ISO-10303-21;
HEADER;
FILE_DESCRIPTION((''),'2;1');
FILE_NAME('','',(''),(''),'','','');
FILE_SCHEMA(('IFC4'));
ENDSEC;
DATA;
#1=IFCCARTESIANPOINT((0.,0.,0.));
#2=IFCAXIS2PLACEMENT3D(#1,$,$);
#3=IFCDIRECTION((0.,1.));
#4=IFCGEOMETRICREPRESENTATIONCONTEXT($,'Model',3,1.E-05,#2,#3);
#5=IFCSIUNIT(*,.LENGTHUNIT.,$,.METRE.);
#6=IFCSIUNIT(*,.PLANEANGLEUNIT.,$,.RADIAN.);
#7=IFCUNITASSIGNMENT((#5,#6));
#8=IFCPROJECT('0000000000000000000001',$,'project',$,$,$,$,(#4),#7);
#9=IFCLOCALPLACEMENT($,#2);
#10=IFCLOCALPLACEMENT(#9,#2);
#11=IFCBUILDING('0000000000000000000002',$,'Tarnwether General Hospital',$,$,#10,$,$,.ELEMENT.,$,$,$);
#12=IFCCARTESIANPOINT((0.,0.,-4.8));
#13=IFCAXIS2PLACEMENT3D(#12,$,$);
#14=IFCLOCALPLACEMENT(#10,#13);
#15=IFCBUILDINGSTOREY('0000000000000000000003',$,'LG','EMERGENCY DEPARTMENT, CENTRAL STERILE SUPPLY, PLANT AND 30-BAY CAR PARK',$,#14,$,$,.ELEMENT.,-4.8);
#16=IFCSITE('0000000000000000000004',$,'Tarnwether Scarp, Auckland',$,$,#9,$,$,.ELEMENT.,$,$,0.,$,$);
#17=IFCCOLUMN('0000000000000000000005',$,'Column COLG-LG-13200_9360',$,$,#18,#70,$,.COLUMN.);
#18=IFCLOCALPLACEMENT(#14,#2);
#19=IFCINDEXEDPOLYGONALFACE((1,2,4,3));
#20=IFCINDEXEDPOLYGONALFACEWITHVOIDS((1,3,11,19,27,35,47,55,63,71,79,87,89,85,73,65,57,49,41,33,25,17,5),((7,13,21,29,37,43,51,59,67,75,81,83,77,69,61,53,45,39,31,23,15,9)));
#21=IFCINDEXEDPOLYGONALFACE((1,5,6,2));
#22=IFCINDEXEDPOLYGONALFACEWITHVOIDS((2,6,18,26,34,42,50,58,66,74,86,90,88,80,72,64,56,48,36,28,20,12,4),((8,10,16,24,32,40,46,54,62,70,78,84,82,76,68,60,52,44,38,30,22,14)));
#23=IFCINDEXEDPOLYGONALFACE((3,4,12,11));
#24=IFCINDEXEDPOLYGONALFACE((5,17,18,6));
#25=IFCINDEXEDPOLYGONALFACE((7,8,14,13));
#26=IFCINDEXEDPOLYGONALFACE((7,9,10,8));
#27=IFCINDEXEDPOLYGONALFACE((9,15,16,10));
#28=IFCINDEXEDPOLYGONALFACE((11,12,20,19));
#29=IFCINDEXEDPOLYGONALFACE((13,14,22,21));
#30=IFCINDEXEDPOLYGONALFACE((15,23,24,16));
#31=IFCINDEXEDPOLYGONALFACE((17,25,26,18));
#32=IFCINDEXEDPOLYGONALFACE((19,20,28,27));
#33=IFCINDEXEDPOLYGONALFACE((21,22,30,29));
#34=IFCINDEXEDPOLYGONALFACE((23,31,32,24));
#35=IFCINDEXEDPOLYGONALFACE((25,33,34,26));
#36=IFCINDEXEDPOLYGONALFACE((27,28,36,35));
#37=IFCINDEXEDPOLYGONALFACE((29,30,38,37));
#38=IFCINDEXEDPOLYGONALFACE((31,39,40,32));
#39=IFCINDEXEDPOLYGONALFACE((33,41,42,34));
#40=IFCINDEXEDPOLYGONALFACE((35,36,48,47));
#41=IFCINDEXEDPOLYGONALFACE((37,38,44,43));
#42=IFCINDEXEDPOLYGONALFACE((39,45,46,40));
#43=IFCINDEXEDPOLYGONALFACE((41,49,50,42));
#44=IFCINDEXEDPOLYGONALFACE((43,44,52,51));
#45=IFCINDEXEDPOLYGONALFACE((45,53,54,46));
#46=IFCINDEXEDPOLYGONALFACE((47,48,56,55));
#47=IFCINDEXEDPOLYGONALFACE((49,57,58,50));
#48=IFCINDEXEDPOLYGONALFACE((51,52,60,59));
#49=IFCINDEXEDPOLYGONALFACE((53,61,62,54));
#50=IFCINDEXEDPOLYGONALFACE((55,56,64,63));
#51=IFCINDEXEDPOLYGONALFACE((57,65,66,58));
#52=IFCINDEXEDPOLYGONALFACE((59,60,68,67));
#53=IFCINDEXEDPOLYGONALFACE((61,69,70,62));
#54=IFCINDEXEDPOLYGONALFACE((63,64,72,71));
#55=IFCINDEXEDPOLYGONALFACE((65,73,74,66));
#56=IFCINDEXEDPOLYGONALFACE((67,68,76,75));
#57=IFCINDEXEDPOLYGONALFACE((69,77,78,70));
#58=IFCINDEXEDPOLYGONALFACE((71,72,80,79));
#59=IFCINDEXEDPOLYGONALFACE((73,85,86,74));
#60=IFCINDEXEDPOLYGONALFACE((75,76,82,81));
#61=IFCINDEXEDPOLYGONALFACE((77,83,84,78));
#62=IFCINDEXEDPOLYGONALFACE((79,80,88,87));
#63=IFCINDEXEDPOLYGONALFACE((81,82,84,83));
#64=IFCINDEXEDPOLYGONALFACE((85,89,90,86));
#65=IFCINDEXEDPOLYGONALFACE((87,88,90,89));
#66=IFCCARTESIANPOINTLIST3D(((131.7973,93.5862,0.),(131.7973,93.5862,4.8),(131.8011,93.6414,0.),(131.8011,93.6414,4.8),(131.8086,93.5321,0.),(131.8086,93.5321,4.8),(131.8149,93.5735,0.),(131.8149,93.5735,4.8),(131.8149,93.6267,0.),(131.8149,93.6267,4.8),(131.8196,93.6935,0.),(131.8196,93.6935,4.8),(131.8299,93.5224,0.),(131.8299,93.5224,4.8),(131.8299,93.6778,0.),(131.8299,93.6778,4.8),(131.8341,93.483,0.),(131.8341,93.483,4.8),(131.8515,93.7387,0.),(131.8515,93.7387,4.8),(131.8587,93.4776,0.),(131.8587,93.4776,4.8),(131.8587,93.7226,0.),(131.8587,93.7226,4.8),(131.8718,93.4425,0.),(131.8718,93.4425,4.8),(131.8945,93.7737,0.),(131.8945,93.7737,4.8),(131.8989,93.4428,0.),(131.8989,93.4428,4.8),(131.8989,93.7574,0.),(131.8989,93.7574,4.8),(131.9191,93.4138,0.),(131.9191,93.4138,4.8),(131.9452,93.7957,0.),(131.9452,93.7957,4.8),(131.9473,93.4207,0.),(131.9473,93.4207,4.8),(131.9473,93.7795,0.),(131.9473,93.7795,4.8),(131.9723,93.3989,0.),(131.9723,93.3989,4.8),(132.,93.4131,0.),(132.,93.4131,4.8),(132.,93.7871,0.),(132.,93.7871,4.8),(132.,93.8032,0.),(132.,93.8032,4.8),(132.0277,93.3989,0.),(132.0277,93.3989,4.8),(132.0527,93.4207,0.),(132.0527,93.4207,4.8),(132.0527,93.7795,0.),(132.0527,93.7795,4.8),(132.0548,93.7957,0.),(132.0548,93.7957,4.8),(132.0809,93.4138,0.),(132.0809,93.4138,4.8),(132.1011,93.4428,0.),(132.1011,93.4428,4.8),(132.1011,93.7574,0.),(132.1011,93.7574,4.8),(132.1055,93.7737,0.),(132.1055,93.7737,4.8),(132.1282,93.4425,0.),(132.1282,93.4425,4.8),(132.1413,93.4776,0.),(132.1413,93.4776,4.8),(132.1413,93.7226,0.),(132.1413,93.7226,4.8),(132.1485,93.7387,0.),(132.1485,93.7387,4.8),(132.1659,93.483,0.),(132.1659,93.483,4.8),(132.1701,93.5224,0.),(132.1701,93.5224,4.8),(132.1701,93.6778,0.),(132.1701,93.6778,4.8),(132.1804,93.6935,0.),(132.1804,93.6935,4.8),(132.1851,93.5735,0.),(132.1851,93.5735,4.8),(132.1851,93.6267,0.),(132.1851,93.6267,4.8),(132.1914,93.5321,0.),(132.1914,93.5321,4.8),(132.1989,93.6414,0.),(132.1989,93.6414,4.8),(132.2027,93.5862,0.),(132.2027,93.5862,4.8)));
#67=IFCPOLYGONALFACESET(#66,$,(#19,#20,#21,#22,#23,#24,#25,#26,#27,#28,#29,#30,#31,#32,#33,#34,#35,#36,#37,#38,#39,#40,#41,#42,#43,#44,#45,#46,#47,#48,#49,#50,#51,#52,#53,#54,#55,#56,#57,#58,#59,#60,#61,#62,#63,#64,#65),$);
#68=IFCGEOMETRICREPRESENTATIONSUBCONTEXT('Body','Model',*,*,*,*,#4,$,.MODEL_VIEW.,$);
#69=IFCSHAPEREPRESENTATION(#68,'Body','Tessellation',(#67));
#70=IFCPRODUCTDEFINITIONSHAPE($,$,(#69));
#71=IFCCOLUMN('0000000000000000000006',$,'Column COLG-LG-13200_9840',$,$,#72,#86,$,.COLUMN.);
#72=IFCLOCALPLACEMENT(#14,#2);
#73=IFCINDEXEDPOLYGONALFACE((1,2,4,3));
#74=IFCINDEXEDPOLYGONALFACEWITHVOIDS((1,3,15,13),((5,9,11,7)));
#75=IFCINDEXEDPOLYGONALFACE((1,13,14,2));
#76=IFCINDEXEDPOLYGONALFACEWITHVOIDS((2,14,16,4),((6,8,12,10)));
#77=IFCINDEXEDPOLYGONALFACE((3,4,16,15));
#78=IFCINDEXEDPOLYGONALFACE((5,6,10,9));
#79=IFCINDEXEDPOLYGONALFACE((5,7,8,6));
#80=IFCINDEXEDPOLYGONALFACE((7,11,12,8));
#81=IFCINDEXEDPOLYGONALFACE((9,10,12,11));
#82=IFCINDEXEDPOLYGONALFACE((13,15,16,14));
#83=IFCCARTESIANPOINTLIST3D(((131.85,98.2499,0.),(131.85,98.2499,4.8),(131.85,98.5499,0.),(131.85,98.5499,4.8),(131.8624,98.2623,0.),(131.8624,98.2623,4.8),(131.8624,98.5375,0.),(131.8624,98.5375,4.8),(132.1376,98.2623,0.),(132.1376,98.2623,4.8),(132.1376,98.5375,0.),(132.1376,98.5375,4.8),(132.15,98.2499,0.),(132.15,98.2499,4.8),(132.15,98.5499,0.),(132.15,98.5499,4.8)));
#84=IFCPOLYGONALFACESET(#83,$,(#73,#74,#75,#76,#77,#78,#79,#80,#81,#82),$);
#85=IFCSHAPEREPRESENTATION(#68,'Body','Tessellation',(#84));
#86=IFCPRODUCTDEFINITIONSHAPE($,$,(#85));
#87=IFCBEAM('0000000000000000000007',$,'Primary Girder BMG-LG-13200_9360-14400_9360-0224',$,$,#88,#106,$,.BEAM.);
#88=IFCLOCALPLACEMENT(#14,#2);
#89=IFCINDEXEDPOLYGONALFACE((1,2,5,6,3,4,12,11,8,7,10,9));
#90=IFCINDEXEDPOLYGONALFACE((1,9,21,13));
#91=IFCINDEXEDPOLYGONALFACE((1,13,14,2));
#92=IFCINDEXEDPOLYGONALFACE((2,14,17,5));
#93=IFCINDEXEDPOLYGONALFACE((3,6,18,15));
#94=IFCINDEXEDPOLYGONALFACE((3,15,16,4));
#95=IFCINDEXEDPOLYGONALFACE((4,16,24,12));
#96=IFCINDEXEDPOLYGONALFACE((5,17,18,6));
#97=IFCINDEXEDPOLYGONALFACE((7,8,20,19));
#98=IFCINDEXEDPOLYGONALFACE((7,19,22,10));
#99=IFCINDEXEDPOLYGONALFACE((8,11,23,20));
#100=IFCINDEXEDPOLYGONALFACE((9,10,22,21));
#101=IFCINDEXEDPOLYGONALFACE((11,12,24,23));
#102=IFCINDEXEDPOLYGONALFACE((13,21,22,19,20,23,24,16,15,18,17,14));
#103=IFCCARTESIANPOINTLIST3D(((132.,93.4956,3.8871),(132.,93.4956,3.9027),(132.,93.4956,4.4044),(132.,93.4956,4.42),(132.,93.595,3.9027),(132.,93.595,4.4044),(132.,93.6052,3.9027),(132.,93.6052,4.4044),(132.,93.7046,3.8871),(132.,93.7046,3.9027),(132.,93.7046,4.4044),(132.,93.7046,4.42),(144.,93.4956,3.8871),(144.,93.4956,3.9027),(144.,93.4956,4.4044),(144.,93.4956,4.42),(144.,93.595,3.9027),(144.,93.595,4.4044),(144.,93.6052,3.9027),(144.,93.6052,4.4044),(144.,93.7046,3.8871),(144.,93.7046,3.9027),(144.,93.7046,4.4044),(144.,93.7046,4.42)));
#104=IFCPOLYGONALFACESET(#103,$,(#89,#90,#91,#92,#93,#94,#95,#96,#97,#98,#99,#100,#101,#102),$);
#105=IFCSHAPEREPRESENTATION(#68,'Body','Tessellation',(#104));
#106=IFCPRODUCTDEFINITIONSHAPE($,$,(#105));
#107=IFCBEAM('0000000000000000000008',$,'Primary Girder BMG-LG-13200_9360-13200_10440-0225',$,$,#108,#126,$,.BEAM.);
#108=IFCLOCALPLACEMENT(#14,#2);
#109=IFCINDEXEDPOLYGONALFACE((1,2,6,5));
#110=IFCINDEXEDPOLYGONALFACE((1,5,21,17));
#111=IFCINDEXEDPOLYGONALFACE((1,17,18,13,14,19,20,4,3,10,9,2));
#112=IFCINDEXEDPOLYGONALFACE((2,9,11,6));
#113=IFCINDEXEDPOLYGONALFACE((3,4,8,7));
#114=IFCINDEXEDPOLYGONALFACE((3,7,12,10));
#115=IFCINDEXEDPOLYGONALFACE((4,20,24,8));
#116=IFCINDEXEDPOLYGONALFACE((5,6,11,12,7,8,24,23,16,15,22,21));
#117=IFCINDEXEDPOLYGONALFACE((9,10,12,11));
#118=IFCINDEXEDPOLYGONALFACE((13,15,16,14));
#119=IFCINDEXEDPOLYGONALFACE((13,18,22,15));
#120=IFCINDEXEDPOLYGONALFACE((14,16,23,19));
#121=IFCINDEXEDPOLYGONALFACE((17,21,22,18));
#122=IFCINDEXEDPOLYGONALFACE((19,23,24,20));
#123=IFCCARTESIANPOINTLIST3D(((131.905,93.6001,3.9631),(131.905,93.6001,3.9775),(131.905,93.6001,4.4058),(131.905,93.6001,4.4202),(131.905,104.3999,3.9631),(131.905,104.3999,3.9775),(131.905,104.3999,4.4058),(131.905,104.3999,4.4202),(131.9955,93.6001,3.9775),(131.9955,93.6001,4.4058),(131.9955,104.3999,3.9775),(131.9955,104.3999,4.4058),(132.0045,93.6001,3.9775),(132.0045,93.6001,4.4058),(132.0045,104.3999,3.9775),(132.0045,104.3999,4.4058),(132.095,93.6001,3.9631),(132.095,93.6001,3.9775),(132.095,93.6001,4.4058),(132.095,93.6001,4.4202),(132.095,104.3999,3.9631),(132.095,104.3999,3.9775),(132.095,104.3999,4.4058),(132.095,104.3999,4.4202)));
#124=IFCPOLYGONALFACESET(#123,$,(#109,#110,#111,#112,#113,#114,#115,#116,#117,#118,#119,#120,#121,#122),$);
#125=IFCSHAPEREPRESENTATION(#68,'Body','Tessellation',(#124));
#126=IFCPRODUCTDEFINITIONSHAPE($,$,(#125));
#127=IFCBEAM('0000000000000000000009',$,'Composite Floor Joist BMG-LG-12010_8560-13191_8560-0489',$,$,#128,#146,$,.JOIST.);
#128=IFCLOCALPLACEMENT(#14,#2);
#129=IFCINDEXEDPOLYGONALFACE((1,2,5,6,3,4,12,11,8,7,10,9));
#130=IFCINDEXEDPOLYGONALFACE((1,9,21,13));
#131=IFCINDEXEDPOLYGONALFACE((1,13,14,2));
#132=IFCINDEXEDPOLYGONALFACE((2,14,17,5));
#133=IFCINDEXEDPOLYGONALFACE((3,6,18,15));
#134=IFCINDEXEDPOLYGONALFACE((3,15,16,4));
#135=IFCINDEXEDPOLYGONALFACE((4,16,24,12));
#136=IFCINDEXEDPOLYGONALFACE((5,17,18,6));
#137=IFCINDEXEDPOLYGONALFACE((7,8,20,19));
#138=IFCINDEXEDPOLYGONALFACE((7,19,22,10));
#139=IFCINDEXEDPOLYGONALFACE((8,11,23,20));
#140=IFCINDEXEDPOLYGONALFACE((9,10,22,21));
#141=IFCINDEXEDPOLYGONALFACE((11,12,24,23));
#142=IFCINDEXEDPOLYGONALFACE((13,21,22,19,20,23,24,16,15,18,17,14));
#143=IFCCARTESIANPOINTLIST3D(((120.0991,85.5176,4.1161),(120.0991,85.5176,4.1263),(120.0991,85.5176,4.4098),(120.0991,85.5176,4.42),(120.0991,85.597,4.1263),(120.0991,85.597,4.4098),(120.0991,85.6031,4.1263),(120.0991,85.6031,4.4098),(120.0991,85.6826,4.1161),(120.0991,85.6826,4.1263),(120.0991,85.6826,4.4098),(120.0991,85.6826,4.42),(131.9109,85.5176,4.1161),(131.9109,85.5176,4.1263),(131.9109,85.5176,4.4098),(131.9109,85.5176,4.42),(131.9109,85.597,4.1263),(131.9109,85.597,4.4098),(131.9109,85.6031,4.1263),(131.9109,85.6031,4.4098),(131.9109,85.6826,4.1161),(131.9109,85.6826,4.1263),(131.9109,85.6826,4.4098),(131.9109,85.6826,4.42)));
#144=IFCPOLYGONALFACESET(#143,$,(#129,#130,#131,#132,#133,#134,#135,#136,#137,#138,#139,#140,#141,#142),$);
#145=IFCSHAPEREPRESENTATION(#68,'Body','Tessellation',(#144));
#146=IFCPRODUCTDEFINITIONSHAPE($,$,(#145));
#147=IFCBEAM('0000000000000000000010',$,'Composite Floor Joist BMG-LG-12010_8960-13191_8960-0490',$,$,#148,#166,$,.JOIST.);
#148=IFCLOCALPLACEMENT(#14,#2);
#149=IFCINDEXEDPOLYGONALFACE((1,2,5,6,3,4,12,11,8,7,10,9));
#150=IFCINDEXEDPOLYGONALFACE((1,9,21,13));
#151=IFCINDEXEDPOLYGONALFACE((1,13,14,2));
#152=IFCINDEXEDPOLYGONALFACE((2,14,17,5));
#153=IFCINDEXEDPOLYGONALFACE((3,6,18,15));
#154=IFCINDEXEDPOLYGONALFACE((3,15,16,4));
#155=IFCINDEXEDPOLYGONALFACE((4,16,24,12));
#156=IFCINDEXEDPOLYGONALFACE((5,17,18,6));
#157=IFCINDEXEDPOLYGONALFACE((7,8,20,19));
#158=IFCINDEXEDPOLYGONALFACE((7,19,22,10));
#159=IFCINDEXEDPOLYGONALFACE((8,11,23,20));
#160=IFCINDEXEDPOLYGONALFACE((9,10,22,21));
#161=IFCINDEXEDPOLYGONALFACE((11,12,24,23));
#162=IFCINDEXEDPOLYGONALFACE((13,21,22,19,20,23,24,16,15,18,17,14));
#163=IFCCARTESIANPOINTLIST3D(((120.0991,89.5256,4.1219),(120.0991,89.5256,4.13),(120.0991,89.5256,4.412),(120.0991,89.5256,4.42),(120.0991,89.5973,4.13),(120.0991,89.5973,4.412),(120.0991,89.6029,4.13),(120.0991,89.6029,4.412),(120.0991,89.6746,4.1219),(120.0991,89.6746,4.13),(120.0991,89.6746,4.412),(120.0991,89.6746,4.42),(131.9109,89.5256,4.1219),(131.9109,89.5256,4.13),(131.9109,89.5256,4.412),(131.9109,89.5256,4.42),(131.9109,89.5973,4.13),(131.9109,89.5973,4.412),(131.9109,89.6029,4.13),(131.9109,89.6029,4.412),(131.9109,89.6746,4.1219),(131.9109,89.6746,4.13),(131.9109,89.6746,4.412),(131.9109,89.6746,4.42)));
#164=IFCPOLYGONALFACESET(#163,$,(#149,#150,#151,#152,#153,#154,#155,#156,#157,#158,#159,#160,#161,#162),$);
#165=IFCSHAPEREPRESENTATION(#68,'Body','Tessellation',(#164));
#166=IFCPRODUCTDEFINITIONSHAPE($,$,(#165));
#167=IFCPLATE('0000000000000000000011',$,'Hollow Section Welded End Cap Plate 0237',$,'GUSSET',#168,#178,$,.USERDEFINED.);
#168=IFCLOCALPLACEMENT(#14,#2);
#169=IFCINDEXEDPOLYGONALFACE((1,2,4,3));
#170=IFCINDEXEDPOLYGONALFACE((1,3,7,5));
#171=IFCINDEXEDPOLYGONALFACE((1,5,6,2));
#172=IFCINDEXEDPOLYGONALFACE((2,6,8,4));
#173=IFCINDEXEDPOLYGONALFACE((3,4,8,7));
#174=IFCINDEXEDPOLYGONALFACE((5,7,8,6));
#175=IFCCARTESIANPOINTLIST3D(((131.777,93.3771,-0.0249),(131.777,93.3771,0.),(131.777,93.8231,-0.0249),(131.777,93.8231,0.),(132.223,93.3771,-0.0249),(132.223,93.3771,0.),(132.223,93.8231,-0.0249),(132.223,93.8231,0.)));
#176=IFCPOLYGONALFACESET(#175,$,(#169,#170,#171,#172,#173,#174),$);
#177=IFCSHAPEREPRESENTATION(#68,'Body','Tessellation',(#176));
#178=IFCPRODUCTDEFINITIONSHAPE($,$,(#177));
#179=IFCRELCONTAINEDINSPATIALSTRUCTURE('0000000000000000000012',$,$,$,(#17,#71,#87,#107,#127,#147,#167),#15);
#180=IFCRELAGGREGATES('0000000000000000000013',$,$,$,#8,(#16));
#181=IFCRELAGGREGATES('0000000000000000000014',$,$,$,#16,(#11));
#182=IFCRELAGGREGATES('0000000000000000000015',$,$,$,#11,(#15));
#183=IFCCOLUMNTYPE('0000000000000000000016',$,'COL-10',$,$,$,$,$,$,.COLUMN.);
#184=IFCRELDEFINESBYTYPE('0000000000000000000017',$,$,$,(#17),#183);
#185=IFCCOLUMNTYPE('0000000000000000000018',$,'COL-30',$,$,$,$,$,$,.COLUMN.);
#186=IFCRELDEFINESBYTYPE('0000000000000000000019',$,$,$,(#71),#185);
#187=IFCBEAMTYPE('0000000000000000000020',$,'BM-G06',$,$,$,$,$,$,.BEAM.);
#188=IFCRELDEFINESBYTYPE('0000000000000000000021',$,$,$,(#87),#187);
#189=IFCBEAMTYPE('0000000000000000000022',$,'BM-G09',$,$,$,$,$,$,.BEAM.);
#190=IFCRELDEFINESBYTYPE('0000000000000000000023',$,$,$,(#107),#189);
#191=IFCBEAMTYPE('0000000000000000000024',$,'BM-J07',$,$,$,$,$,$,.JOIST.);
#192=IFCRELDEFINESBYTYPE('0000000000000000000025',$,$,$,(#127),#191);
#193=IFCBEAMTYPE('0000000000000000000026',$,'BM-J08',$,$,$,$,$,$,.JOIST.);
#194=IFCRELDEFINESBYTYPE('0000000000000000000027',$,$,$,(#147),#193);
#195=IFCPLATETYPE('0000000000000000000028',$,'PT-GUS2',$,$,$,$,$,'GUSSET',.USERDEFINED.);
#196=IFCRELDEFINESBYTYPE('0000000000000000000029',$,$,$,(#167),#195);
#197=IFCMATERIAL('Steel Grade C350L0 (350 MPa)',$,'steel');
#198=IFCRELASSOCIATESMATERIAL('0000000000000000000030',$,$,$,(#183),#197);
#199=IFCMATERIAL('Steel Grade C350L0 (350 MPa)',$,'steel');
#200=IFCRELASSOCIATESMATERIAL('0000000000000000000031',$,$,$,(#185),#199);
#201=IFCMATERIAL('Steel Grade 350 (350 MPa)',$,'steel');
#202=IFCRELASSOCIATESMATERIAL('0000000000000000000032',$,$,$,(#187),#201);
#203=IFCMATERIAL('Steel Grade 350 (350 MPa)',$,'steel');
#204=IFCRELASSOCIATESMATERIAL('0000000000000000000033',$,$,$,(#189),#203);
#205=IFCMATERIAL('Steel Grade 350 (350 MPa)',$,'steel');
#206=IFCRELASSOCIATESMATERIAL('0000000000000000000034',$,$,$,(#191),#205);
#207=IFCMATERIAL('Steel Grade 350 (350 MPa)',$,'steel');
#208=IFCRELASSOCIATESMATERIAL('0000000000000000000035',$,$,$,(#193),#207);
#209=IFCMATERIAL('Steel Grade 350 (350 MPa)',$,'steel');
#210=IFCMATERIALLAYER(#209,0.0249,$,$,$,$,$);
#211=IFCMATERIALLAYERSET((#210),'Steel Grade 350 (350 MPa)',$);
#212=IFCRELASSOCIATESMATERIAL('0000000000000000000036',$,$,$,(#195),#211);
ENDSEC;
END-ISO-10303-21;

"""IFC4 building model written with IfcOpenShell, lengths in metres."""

from ifc_helpers import new_model, si_unit, direction, frame, origin, origin_2d, place, context, subcontext, project, spatial, rectangle, hollow_rectangle, hollow_circle, i_section, extrude, material, layer, layer_set, material_profile, profile_set, type_object, element, save


model = new_model("IFC4")

# Units and contexts
model_context = context("Model", 3, precision=1e-05, world=origin(), true_north=direction((0.0, 1.0)))
body_context = subcontext(model_context, "Body", "Model", "MODEL_VIEW")
ifc_project = project(units=[si_unit("LENGTHUNIT", "METRE"), si_unit("PLANEANGLEUNIT", "RADIAN")], contexts=[model_context])

# Site, building, storey
site_placement = place(None, origin())
site = spatial("IfcSite", under=ifc_project, at=site_placement, Name="Tarnwether Scarp, Auckland", CompositionType="ELEMENT", RefElevation=0.0)
building_placement = place(site_placement, origin())
building = spatial("IfcBuilding", under=site, at=building_placement, Name="Tarnwether General Hospital", CompositionType="ELEMENT")
storey_placement = place(building_placement, frame((0.0, 0.0, -4.8)))
storey = spatial("IfcBuildingStorey", under=building, at=storey_placement, Name="LG", Description="EMERGENCY DEPARTMENT, CENTRAL STERILE SUPPLY, PLANT AND 30-BAY CAR PARK", CompositionType="ELEMENT", Elevation=-4.8)

# Columns
ifc_material_1 = material(Name="Steel Grade C350L0 (350 MPa)", Category="steel")
ifc_material_profile_1 = material_profile(ifc_material_1, hollow_circle(Radius=0.2031, WallThickness=0.0161, at=origin_2d()), Name="CHS406.4x16.0")
ifc_profile_set_1 = profile_set([ifc_material_profile_1], Name="Steel Grade C350L0 (350 MPa)")
column_type_1 = type_object("IfcColumnType", Name="COL-10", PredefinedType="COLUMN", material=ifc_profile_set_1)
column_1_placement = place(storey_placement, frame((132.0, 93.6001, 0.0), z_axis=(0.0, 0.0, 1.0), x_axis=(0.0, 1.0, 0.0)))
element("IfcColumn", 1, at=column_1_placement, inside=storey, type_object=column_type_1, Name="Column COLG-LG-13200_9360", PredefinedType="COLUMN", context=body_context, shape_type="SweptSolid", body=[
    extrude(hollow_circle(Radius=0.2031, WallThickness=0.0161, at=origin_2d()), origin(), (0.0, 0.0, 1.0), 4.8),
])
ifc_material_2 = material(Name="Steel Grade C350L0 (350 MPa)", Category="steel")
ifc_material_profile_2 = material_profile(ifc_material_2, hollow_rectangle(XDim=0.3, YDim=0.3, WallThickness=0.0125, at=origin_2d()), Name="SHS300x300x12.5")
ifc_profile_set_2 = profile_set([ifc_material_profile_2], Name="Steel Grade C350L0 (350 MPa)")
column_type_2 = type_object("IfcColumnType", Name="COL-30", PredefinedType="COLUMN", material=ifc_profile_set_2)
column_2_placement = place(storey_placement, frame((132.0, 98.3999, 0.0), z_axis=(0.0, 0.0, 1.0), x_axis=(1.0, 0.0, 0.0)))
element("IfcColumn", 2, at=column_2_placement, inside=storey, type_object=column_type_2, Name="Column COLG-LG-13200_9840", PredefinedType="COLUMN", context=body_context, shape_type="SweptSolid", body=[
    extrude(hollow_rectangle(XDim=0.3, YDim=0.3, WallThickness=0.0125, at=origin_2d()), origin(), (0.0, 0.0, 1.0), 4.8),
])

# Beams
ifc_material_3 = material(Name="Steel Grade 350 (350 MPa)", Category="steel")
ifc_material_profile_3 = material_profile(ifc_material_3, i_section(OverallWidth=0.209, OverallDepth=0.533, WebThickness=0.0103, FlangeThickness=0.0156, at=origin_2d()), Name="530UB92.4")
ifc_profile_set_3 = profile_set([ifc_material_profile_3], Name="Steel Grade 350 (350 MPa)")
beam_type_1 = type_object("IfcBeamType", Name="BM-G06", PredefinedType="BEAM", material=ifc_profile_set_3)
beam_1_placement = place(storey_placement, frame((132.0, 93.6001, 4.1536), z_axis=(1.0, 0.0, 0.0), x_axis=(0.0, 1.0, 0.0)))
element("IfcBeam", 3, at=beam_1_placement, inside=storey, type_object=beam_type_1, Name="Primary Girder BMG-LG-13200_9360-14400_9360-0224", PredefinedType="BEAM", context=body_context, shape_type="SweptSolid", body=[
    extrude(i_section(OverallWidth=0.209, OverallDepth=0.533, WebThickness=0.0103, FlangeThickness=0.0156, at=origin_2d()), origin(), (0.0, 0.0, 1.0), 12.0),
])
ifc_material_4 = material(Name="Steel Grade 350 (350 MPa)", Category="steel")
ifc_material_profile_4 = material_profile(ifc_material_4, i_section(OverallWidth=0.1899, OverallDepth=0.457, WebThickness=0.009, FlangeThickness=0.0144, at=origin_2d()), Name="460UB74.6")
ifc_profile_set_4 = profile_set([ifc_material_profile_4], Name="Steel Grade 350 (350 MPa)")
beam_type_2 = type_object("IfcBeamType", Name="BM-G09", PredefinedType="BEAM", material=ifc_profile_set_4)
beam_2_placement = place(storey_placement, frame((132.0, 93.6001, 4.1917), z_axis=(0.0, 1.0, 0.0), x_axis=(-1.0, 0.0, 0.0)))
element("IfcBeam", 4, at=beam_2_placement, inside=storey, type_object=beam_type_2, Name="Primary Girder BMG-LG-13200_9360-13200_10440-0225", PredefinedType="BEAM", context=body_context, shape_type="SweptSolid", body=[
    extrude(i_section(OverallWidth=0.1899, OverallDepth=0.457, WebThickness=0.009, FlangeThickness=0.0144, at=origin_2d()), origin(), (0.0, 0.0, 1.0), 10.7998),
])
ifc_material_5 = material(Name="Steel Grade 350 (350 MPa)", Category="steel")
ifc_material_profile_5 = material_profile(ifc_material_5, i_section(OverallWidth=0.165, OverallDepth=0.304, WebThickness=0.0061, FlangeThickness=0.0103, at=origin_2d()), Name="310UB40.4")
ifc_profile_set_5 = profile_set([ifc_material_profile_5], Name="Steel Grade 350 (350 MPa)")
beam_type_3 = type_object("IfcBeamType", Name="BM-J07", PredefinedType="JOIST", material=ifc_profile_set_5)
beam_3_placement = place(storey_placement, frame((120.0991, 85.6001, 4.2681), z_axis=(1.0, 0.0, 0.0), x_axis=(0.0, 1.0, 0.0)))
element("IfcBeam", 5, at=beam_3_placement, inside=storey, type_object=beam_type_3, Name="Composite Floor Joist BMG-LG-12010_8560-13191_8560-0489", PredefinedType="JOIST", context=body_context, shape_type="SweptSolid", body=[
    extrude(i_section(OverallWidth=0.165, OverallDepth=0.304, WebThickness=0.0061, FlangeThickness=0.0103, at=origin_2d()), origin(), (0.0, 0.0, 1.0), 11.8118),
])
ifc_material_6 = material(Name="Steel Grade 350 (350 MPa)", Category="steel")
ifc_material_profile_6 = material_profile(ifc_material_6, i_section(OverallWidth=0.1489, OverallDepth=0.2981, WebThickness=0.0056, FlangeThickness=0.0081, at=origin_2d()), Name="310UB32.0")
ifc_profile_set_6 = profile_set([ifc_material_profile_6], Name="Steel Grade 350 (350 MPa)")
beam_type_4 = type_object("IfcBeamType", Name="BM-J08", PredefinedType="JOIST", material=ifc_profile_set_6)
beam_4_placement = place(storey_placement, frame((120.0991, 89.6001, 4.271), z_axis=(1.0, 0.0, 0.0), x_axis=(0.0, 1.0, 0.0)))
element("IfcBeam", 6, at=beam_4_placement, inside=storey, type_object=beam_type_4, Name="Composite Floor Joist BMG-LG-12010_8960-13191_8960-0490", PredefinedType="JOIST", context=body_context, shape_type="SweptSolid", body=[
    extrude(i_section(OverallWidth=0.1489, OverallDepth=0.2981, WebThickness=0.0056, FlangeThickness=0.0081, at=origin_2d()), origin(), (0.0, 0.0, 1.0), 11.8118),
])

# Plate
ifc_material_7 = material(Name="Steel Grade 350 (350 MPa)", Category="steel")
ifc_layer_1 = layer(ifc_material_7, 0.0249)
ifc_layer_set_1 = layer_set([ifc_layer_1], Name="Steel Grade 350 (350 MPa)")
plate_type = type_object("IfcPlateType", Name="PT-GUS2", ElementType="GUSSET", PredefinedType="USERDEFINED", material=ifc_layer_set_1)
for number, where, z_axis, x_axis, name in (
    (7, (132.0, 93.6001, -0.0249), (0.0, 0.0, 1.0), (1.0, 0.0, 0.0), "Hollow Section Welded End Cap Plate 0237"),
):
    element("IfcPlate", number, at=place(storey_placement, frame(where, z_axis=z_axis, x_axis=x_axis)), inside=storey, type_object=plate_type, Name=name, ObjectType="GUSSET", PredefinedType="USERDEFINED", context=body_context, shape_type="SweptSolid", body=[
        extrude(rectangle(XDim=0.446, YDim=0.446, at=origin_2d()), origin(), (0.0, 0.0, 1.0), 0.0249),
    ])

save(model, "model.ifc")
